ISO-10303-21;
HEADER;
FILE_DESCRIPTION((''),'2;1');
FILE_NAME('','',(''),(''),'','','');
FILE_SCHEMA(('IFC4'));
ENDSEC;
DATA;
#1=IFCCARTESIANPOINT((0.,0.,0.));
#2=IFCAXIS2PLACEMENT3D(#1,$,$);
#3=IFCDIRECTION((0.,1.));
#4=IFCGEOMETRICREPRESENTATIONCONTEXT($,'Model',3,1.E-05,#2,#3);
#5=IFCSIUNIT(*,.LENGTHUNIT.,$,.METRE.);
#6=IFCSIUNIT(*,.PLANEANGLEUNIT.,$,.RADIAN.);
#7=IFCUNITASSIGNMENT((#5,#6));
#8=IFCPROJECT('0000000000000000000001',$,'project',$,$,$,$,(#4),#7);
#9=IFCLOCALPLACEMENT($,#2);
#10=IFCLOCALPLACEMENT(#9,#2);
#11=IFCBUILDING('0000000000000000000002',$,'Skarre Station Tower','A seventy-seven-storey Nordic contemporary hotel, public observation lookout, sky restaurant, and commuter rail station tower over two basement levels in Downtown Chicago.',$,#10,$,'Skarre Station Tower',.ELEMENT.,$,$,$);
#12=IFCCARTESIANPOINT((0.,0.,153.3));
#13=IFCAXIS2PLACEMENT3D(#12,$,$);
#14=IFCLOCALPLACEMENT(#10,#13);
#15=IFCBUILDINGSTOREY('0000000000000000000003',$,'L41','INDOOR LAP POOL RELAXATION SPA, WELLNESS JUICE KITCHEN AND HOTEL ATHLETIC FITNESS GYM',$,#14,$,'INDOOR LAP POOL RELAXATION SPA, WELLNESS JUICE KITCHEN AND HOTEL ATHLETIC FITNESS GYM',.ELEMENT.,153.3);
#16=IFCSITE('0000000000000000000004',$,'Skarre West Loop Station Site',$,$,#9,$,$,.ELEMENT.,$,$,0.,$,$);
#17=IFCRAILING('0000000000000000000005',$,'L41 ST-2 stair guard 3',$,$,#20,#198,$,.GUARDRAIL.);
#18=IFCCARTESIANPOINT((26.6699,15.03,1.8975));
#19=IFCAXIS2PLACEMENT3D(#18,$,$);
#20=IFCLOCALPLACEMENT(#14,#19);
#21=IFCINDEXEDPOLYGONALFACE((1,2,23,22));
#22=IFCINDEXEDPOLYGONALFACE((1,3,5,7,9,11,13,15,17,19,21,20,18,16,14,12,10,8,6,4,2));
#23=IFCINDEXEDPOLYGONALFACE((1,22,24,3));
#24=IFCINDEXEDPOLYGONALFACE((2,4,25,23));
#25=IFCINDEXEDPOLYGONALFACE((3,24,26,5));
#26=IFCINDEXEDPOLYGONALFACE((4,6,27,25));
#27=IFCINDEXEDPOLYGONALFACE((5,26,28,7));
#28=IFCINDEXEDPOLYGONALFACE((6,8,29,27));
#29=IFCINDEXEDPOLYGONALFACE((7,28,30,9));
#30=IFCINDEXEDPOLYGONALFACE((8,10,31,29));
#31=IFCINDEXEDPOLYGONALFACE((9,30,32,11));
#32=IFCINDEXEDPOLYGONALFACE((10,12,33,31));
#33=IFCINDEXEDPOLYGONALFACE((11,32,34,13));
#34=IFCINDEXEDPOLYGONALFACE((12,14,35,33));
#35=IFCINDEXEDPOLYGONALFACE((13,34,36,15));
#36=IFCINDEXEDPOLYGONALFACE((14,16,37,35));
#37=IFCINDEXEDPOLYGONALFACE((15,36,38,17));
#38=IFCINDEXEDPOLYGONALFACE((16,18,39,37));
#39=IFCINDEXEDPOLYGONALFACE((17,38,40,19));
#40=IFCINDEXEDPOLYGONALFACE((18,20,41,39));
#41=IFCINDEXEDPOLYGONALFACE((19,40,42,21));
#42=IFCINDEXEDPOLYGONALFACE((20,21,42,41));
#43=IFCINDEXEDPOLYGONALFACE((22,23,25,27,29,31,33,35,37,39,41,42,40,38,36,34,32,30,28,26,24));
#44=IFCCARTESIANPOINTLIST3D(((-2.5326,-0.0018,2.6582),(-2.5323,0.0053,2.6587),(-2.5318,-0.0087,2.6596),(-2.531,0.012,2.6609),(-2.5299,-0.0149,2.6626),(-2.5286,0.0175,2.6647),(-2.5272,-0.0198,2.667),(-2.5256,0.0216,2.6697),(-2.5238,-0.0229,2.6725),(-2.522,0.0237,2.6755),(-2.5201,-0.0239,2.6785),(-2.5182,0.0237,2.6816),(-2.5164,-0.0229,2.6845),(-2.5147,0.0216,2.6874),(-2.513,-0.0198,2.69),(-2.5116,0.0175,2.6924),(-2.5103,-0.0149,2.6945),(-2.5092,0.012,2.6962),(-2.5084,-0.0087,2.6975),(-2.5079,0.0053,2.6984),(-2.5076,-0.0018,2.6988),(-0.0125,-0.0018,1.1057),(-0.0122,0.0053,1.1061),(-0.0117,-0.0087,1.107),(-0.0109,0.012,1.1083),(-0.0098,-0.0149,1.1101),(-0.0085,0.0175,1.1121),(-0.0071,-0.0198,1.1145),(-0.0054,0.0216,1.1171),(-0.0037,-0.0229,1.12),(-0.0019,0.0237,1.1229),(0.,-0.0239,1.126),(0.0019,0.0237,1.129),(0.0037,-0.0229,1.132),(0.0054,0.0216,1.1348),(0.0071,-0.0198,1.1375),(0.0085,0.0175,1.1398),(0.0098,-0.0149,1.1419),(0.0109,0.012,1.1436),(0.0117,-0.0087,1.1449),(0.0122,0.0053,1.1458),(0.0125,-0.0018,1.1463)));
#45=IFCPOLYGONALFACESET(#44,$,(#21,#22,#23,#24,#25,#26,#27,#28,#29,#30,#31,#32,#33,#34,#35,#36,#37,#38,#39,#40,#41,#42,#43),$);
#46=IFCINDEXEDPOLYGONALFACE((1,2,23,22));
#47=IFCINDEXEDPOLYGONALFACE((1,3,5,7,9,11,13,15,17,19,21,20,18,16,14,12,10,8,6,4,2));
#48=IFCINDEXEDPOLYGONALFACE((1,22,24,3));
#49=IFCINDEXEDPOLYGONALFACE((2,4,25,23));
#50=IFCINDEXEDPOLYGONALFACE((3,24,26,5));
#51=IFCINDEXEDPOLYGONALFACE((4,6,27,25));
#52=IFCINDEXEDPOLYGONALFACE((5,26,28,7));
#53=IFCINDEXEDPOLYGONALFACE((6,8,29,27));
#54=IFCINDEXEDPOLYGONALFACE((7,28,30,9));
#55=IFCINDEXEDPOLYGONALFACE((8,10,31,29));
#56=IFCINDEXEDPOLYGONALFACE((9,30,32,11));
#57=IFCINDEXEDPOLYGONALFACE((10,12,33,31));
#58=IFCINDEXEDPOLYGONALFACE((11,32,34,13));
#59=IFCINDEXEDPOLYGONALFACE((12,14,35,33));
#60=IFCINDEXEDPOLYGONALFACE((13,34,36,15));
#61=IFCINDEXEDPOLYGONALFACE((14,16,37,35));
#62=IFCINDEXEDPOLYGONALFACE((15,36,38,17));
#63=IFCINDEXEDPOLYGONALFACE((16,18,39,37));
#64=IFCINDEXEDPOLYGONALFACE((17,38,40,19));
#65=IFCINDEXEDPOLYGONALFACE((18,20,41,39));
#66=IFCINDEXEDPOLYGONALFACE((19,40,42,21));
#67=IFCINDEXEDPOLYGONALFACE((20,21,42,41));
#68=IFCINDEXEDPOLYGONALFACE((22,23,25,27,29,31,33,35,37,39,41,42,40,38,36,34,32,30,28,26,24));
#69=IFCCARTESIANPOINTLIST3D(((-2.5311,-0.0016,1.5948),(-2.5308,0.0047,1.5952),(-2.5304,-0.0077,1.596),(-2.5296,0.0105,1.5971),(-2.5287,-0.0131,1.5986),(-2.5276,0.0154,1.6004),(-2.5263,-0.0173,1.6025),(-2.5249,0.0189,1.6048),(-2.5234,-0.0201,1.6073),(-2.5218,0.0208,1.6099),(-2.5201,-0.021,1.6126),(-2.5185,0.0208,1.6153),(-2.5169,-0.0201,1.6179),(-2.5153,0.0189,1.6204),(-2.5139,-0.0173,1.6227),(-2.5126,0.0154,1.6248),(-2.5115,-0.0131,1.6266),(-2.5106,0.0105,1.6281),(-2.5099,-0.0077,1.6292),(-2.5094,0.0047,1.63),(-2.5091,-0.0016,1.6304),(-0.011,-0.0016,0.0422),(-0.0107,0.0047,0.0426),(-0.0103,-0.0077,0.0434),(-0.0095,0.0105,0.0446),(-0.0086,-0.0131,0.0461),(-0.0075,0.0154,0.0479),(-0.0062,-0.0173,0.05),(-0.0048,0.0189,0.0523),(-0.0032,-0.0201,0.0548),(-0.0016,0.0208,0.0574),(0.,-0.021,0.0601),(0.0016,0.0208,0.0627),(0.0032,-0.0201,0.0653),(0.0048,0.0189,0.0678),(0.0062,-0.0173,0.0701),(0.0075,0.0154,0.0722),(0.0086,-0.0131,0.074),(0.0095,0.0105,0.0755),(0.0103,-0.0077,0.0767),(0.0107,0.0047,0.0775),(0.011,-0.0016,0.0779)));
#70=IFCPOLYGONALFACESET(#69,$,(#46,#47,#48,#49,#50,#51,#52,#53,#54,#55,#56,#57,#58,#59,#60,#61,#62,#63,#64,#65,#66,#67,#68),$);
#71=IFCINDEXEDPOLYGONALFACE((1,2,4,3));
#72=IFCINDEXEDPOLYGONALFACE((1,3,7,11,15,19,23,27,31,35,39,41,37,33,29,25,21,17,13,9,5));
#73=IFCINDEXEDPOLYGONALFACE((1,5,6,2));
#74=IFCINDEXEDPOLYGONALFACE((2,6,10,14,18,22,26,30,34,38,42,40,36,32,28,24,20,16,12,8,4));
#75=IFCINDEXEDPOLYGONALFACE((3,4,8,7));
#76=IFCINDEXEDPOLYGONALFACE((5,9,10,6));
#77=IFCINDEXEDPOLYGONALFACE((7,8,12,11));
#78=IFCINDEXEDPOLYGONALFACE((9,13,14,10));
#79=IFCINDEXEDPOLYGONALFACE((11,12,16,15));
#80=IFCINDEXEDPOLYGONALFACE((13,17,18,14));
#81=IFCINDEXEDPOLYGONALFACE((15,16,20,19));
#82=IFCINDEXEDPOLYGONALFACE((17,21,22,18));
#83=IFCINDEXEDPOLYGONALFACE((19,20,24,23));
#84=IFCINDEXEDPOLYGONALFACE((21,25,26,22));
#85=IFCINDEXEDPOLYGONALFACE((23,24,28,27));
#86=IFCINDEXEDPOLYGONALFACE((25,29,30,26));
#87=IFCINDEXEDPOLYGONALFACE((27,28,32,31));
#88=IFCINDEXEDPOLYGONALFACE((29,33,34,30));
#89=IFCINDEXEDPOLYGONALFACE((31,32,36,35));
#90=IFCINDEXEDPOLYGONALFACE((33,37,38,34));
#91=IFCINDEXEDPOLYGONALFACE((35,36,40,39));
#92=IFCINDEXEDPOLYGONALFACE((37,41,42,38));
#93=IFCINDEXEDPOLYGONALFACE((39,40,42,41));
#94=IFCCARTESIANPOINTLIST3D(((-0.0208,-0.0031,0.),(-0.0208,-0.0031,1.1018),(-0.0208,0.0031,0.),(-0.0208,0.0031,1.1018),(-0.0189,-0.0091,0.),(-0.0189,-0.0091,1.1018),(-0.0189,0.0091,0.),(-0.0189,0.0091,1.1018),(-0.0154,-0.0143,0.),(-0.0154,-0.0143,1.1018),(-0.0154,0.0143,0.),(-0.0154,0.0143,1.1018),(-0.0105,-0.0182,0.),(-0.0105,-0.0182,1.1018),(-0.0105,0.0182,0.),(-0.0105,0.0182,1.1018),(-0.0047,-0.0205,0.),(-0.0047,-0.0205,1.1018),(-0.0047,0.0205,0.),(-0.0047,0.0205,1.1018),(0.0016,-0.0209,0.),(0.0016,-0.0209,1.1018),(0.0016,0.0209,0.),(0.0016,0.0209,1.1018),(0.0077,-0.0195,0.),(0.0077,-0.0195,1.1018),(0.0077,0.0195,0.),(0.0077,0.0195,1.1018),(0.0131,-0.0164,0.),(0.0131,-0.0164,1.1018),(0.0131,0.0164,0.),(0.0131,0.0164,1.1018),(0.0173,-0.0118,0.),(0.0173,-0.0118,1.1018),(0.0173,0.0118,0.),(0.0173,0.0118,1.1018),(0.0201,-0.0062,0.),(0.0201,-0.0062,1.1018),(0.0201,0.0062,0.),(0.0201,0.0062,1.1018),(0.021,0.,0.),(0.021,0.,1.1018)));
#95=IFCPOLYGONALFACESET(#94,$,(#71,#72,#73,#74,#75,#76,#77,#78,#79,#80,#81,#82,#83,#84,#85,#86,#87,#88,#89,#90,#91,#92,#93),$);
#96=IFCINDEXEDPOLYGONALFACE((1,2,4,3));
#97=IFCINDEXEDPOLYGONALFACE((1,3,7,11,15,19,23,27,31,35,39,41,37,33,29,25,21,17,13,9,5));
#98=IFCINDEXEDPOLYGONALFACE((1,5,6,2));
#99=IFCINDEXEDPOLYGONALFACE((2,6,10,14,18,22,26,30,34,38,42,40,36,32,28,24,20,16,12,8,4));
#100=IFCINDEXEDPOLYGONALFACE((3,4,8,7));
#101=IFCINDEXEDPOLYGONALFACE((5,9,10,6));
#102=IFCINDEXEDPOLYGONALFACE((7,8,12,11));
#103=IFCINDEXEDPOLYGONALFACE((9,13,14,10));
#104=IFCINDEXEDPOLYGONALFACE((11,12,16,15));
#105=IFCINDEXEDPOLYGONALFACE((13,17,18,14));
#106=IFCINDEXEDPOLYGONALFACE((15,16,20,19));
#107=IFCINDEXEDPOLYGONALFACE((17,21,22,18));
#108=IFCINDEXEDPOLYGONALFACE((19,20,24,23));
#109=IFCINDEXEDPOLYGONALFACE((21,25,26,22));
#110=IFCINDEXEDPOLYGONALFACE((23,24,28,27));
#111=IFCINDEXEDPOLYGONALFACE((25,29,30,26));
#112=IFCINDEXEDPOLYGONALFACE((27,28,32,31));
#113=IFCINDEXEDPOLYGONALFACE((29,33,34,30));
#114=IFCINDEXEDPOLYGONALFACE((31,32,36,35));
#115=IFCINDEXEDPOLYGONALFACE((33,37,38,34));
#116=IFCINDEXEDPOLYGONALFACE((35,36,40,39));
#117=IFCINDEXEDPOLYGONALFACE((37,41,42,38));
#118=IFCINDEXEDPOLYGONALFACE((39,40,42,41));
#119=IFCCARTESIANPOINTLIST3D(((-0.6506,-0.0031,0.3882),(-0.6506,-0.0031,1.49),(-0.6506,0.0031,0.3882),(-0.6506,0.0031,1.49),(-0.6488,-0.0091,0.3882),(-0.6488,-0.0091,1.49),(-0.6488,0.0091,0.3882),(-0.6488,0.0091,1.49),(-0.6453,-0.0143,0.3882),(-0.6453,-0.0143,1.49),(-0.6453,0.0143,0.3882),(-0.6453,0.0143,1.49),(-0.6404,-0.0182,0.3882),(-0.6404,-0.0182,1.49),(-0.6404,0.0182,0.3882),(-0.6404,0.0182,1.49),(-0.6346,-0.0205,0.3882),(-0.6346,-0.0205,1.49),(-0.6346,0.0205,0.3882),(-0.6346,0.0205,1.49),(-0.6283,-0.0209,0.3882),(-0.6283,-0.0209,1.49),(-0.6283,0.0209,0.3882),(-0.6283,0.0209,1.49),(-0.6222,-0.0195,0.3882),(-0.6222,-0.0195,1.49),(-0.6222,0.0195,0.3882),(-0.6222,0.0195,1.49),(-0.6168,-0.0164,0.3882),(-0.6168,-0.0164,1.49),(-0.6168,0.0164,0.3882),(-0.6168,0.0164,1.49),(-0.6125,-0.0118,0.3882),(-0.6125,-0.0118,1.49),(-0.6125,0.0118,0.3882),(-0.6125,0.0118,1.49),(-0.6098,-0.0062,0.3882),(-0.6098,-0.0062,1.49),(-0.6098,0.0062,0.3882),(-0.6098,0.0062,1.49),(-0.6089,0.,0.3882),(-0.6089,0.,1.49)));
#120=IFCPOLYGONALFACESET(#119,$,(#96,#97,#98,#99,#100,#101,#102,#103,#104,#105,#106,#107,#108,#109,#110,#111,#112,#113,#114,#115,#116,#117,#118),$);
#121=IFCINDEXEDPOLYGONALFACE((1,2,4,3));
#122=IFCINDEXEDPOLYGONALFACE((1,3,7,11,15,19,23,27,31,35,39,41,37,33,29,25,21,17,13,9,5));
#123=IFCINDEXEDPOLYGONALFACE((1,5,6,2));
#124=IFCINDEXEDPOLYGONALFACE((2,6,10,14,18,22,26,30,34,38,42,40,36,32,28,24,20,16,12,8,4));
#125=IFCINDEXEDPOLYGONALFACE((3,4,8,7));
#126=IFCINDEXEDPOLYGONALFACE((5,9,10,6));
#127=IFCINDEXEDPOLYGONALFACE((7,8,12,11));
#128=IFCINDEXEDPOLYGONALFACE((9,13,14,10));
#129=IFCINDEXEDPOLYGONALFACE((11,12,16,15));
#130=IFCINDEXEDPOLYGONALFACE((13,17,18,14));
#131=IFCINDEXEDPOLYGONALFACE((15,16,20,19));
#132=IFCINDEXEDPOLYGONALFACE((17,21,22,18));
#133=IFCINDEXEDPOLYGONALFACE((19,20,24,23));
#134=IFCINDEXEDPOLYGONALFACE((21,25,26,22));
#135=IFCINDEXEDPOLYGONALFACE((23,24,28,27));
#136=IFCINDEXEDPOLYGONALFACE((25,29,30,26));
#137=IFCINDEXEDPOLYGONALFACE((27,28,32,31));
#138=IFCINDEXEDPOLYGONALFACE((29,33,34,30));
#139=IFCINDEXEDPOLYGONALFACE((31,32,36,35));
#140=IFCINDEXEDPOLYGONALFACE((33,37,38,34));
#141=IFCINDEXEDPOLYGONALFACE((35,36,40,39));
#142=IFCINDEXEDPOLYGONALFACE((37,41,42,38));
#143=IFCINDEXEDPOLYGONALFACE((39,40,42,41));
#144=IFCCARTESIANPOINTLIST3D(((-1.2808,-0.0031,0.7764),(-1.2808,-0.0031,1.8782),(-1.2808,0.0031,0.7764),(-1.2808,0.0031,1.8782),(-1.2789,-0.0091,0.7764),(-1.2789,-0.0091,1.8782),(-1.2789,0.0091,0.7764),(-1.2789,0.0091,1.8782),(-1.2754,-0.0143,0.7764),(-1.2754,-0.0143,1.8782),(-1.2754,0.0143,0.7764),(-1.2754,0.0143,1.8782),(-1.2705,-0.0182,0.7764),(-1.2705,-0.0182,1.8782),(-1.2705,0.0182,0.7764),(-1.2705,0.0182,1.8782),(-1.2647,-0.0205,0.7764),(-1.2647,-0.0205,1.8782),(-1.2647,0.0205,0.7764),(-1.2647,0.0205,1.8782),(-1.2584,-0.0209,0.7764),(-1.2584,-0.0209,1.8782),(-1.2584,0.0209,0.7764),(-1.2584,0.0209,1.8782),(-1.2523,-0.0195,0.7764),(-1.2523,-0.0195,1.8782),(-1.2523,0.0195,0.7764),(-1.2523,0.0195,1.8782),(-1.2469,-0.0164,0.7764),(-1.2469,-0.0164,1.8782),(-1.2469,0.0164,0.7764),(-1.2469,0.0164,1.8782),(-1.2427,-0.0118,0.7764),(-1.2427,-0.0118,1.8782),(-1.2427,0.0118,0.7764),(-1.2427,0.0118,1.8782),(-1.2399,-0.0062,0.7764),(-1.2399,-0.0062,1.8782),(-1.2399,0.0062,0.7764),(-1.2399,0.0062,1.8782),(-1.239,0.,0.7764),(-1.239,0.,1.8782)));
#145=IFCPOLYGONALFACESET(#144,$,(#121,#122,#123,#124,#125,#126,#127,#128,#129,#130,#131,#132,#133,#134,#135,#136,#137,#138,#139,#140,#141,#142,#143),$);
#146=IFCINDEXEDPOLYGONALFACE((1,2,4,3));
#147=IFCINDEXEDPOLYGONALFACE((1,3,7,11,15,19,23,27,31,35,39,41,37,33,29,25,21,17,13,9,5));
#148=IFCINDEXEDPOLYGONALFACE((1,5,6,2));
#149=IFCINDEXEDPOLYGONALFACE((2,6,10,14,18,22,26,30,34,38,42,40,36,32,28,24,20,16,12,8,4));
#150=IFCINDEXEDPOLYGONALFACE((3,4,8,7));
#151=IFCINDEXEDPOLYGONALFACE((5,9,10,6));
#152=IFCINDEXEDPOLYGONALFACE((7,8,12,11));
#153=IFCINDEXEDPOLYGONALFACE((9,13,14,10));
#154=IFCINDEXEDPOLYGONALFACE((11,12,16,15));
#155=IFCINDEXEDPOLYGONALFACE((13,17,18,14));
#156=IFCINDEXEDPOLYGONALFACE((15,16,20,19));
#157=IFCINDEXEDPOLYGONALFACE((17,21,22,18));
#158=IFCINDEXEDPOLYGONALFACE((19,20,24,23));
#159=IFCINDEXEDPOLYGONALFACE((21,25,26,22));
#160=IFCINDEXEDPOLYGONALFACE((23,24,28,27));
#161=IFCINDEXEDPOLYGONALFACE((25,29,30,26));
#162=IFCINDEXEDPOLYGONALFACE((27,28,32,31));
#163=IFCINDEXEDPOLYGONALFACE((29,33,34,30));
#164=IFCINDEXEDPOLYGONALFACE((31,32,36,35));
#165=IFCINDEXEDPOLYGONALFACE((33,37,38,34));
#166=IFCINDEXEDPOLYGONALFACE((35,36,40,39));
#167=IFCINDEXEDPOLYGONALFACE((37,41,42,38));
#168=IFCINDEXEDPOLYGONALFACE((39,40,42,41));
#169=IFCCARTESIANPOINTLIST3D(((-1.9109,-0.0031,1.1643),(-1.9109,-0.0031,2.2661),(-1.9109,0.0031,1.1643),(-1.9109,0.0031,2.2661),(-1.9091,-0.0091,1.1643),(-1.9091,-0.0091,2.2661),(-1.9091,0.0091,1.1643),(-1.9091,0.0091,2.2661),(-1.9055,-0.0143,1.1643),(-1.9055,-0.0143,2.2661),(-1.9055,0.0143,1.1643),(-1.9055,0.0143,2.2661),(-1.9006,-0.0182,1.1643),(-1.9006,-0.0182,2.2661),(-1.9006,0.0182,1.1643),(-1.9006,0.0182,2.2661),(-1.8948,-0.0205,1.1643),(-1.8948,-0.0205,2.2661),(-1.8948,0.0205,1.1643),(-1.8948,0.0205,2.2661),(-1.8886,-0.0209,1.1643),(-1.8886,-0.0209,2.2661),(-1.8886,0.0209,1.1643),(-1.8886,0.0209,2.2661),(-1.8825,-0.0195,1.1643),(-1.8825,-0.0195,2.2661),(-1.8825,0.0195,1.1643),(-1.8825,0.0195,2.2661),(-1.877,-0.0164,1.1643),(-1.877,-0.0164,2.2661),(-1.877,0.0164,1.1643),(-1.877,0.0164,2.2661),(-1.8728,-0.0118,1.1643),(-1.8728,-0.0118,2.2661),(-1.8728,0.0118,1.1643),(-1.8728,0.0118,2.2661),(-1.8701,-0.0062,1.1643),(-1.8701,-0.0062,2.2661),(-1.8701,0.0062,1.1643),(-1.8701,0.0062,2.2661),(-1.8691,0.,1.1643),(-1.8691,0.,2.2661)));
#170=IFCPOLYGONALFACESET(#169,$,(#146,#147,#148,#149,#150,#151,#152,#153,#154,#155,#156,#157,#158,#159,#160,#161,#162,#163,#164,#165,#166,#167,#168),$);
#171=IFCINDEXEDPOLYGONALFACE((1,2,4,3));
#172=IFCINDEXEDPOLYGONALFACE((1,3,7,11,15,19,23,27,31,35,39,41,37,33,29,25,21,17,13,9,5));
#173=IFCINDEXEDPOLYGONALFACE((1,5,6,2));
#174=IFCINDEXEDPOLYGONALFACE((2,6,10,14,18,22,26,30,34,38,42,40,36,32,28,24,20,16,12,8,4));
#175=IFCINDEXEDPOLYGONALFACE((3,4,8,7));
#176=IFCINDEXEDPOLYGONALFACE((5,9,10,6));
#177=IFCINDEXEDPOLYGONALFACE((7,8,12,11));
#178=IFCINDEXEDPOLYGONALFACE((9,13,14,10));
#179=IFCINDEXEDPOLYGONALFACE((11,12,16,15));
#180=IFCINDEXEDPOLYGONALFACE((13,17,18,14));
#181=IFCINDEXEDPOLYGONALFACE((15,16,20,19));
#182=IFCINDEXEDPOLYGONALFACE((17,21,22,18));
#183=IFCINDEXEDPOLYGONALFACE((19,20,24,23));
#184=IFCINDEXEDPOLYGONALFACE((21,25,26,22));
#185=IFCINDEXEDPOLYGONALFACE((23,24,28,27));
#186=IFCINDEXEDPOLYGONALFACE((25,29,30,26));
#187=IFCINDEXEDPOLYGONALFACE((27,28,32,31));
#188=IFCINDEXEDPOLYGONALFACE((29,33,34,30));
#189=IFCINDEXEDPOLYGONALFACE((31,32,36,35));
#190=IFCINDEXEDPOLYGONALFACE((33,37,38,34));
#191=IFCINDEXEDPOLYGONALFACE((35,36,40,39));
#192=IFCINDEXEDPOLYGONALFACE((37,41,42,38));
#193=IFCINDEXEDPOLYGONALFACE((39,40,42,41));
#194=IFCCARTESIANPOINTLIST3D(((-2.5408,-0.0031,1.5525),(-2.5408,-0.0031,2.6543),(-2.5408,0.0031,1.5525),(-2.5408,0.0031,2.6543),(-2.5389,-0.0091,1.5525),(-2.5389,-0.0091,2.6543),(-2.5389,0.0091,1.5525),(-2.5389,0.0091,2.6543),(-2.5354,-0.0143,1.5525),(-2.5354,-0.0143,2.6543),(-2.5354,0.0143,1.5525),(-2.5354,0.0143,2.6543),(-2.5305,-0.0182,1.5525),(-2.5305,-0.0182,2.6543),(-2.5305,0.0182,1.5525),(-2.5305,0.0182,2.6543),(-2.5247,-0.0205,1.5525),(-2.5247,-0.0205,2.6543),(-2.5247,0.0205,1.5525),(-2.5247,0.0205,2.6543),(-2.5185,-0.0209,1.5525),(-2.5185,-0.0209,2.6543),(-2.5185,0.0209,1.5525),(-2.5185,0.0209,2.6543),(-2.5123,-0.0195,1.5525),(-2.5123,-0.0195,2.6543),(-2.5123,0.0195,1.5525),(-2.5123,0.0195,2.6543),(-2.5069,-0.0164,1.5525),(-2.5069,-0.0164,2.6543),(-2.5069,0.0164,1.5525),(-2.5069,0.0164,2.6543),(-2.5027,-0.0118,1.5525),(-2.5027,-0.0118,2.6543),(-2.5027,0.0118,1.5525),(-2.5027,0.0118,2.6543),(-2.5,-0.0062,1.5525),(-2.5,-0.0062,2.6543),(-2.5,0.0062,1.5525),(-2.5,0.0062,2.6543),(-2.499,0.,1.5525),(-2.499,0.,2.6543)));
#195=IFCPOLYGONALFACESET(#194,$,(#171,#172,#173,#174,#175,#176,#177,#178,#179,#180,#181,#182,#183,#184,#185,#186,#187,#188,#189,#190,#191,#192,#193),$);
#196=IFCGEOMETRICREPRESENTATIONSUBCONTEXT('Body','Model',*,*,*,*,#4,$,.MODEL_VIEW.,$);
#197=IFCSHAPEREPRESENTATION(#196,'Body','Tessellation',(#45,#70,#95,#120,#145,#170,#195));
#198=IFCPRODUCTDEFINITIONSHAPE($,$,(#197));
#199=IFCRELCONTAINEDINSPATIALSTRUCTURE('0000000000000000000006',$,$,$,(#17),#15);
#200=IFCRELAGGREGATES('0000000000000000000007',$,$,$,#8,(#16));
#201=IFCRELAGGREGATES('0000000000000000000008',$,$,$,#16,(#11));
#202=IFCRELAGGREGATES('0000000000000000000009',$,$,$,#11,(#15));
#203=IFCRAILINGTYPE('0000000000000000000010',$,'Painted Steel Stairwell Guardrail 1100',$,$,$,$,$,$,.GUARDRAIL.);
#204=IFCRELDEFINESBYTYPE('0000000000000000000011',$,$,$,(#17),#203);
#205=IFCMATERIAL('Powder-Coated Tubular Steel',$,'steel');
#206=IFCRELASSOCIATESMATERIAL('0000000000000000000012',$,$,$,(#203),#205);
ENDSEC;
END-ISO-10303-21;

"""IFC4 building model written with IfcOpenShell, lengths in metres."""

from ifc_helpers import new_model, si_unit, direction, frame, origin, origin_2d, place, context, subcontext, project, spatial, circle, extrude, material, type_object, element, save


model = new_model("IFC4")

# Units and contexts
model_context = context("Model", 3, precision=1e-05, world=origin(), true_north=direction((0.0, 1.0)))
body_context = subcontext(model_context, "Body", "Model", "MODEL_VIEW")
ifc_project = project(units=[si_unit("LENGTHUNIT", "METRE"), si_unit("PLANEANGLEUNIT", "RADIAN")], contexts=[model_context])

# Site, building, storey
site_placement = place(None, origin())
site = spatial("IfcSite", under=ifc_project, at=site_placement, Name="Skarre West Loop Station Site", CompositionType="ELEMENT", RefElevation=0.0)
building_placement = place(site_placement, origin())
building = spatial("IfcBuilding", under=site, at=building_placement, Name="Skarre Station Tower", Description="A seventy-seven-storey Nordic contemporary hotel, public observation lookout, sky restaurant, and commuter rail station tower over two basement levels in Downtown Chicago.", LongName="Skarre Station Tower", CompositionType="ELEMENT")
storey_placement = place(building_placement, frame((0.0, 0.0, 153.3)))
storey = spatial("IfcBuildingStorey", under=building, at=storey_placement, Name="L41", Description="INDOOR LAP POOL RELAXATION SPA, WELLNESS JUICE KITCHEN AND HOTEL ATHLETIC FITNESS GYM", LongName="INDOOR LAP POOL RELAXATION SPA, WELLNESS JUICE KITCHEN AND HOTEL ATHLETIC FITNESS GYM", CompositionType="ELEMENT", Elevation=153.3)

# Railing
ifc_material_1 = material(Name="Powder-Coated Tubular Steel", Category="steel")
railing_type_1 = type_object("IfcRailingType", Name="Painted Steel Stairwell Guardrail 1100", PredefinedType="GUARDRAIL", material=ifc_material_1)
railing_1_placement = place(storey_placement, frame((26.6699, 15.03, 1.8975)))
element("IfcRailing", 1, at=railing_1_placement, inside=storey, type_object=railing_type_1, Name="L41 ST-2 stair guard 3", PredefinedType="GUARDRAIL", context=body_context, shape_type="SweptSolid", body=[
    extrude(circle(Radius=0.0239, at=origin_2d()), frame((0.0, 0.0, 1.126), z_axis=(-0.8514, 0.0, 0.524516), x_axis=(0.0, -1.0, 0.0)), (0.0, 0.0, 1.0), 2.96),
    extrude(circle(Radius=0.021, at=origin_2d()), frame((0.0, 0.0, 0.0601), z_axis=(-0.8514, 0.0, 0.524516), x_axis=(0.0, -1.0, 0.0)), (0.0, 0.0, 1.0), 2.96),
    extrude(circle(Radius=0.021, at=origin_2d()), origin(), (0.0, 0.0, 1.0), 1.1018),
    extrude(circle(Radius=0.021, at=origin_2d()), frame((-0.6299, 0.0, 0.3882)), (0.0, 0.0, 1.0), 1.1018),
    extrude(circle(Radius=0.021, at=origin_2d()), frame((-1.26, 0.0, 0.7764)), (0.0, 0.0, 1.0), 1.1018),
    extrude(circle(Radius=0.021, at=origin_2d()), frame((-1.8901, 0.0, 1.1643)), (0.0, 0.0, 1.0), 1.1018),
    extrude(circle(Radius=0.021, at=origin_2d()), frame((-2.52, 0.0, 1.5525)), (0.0, 0.0, 1.0), 1.1018),
])

save(model, "model.ifc")
